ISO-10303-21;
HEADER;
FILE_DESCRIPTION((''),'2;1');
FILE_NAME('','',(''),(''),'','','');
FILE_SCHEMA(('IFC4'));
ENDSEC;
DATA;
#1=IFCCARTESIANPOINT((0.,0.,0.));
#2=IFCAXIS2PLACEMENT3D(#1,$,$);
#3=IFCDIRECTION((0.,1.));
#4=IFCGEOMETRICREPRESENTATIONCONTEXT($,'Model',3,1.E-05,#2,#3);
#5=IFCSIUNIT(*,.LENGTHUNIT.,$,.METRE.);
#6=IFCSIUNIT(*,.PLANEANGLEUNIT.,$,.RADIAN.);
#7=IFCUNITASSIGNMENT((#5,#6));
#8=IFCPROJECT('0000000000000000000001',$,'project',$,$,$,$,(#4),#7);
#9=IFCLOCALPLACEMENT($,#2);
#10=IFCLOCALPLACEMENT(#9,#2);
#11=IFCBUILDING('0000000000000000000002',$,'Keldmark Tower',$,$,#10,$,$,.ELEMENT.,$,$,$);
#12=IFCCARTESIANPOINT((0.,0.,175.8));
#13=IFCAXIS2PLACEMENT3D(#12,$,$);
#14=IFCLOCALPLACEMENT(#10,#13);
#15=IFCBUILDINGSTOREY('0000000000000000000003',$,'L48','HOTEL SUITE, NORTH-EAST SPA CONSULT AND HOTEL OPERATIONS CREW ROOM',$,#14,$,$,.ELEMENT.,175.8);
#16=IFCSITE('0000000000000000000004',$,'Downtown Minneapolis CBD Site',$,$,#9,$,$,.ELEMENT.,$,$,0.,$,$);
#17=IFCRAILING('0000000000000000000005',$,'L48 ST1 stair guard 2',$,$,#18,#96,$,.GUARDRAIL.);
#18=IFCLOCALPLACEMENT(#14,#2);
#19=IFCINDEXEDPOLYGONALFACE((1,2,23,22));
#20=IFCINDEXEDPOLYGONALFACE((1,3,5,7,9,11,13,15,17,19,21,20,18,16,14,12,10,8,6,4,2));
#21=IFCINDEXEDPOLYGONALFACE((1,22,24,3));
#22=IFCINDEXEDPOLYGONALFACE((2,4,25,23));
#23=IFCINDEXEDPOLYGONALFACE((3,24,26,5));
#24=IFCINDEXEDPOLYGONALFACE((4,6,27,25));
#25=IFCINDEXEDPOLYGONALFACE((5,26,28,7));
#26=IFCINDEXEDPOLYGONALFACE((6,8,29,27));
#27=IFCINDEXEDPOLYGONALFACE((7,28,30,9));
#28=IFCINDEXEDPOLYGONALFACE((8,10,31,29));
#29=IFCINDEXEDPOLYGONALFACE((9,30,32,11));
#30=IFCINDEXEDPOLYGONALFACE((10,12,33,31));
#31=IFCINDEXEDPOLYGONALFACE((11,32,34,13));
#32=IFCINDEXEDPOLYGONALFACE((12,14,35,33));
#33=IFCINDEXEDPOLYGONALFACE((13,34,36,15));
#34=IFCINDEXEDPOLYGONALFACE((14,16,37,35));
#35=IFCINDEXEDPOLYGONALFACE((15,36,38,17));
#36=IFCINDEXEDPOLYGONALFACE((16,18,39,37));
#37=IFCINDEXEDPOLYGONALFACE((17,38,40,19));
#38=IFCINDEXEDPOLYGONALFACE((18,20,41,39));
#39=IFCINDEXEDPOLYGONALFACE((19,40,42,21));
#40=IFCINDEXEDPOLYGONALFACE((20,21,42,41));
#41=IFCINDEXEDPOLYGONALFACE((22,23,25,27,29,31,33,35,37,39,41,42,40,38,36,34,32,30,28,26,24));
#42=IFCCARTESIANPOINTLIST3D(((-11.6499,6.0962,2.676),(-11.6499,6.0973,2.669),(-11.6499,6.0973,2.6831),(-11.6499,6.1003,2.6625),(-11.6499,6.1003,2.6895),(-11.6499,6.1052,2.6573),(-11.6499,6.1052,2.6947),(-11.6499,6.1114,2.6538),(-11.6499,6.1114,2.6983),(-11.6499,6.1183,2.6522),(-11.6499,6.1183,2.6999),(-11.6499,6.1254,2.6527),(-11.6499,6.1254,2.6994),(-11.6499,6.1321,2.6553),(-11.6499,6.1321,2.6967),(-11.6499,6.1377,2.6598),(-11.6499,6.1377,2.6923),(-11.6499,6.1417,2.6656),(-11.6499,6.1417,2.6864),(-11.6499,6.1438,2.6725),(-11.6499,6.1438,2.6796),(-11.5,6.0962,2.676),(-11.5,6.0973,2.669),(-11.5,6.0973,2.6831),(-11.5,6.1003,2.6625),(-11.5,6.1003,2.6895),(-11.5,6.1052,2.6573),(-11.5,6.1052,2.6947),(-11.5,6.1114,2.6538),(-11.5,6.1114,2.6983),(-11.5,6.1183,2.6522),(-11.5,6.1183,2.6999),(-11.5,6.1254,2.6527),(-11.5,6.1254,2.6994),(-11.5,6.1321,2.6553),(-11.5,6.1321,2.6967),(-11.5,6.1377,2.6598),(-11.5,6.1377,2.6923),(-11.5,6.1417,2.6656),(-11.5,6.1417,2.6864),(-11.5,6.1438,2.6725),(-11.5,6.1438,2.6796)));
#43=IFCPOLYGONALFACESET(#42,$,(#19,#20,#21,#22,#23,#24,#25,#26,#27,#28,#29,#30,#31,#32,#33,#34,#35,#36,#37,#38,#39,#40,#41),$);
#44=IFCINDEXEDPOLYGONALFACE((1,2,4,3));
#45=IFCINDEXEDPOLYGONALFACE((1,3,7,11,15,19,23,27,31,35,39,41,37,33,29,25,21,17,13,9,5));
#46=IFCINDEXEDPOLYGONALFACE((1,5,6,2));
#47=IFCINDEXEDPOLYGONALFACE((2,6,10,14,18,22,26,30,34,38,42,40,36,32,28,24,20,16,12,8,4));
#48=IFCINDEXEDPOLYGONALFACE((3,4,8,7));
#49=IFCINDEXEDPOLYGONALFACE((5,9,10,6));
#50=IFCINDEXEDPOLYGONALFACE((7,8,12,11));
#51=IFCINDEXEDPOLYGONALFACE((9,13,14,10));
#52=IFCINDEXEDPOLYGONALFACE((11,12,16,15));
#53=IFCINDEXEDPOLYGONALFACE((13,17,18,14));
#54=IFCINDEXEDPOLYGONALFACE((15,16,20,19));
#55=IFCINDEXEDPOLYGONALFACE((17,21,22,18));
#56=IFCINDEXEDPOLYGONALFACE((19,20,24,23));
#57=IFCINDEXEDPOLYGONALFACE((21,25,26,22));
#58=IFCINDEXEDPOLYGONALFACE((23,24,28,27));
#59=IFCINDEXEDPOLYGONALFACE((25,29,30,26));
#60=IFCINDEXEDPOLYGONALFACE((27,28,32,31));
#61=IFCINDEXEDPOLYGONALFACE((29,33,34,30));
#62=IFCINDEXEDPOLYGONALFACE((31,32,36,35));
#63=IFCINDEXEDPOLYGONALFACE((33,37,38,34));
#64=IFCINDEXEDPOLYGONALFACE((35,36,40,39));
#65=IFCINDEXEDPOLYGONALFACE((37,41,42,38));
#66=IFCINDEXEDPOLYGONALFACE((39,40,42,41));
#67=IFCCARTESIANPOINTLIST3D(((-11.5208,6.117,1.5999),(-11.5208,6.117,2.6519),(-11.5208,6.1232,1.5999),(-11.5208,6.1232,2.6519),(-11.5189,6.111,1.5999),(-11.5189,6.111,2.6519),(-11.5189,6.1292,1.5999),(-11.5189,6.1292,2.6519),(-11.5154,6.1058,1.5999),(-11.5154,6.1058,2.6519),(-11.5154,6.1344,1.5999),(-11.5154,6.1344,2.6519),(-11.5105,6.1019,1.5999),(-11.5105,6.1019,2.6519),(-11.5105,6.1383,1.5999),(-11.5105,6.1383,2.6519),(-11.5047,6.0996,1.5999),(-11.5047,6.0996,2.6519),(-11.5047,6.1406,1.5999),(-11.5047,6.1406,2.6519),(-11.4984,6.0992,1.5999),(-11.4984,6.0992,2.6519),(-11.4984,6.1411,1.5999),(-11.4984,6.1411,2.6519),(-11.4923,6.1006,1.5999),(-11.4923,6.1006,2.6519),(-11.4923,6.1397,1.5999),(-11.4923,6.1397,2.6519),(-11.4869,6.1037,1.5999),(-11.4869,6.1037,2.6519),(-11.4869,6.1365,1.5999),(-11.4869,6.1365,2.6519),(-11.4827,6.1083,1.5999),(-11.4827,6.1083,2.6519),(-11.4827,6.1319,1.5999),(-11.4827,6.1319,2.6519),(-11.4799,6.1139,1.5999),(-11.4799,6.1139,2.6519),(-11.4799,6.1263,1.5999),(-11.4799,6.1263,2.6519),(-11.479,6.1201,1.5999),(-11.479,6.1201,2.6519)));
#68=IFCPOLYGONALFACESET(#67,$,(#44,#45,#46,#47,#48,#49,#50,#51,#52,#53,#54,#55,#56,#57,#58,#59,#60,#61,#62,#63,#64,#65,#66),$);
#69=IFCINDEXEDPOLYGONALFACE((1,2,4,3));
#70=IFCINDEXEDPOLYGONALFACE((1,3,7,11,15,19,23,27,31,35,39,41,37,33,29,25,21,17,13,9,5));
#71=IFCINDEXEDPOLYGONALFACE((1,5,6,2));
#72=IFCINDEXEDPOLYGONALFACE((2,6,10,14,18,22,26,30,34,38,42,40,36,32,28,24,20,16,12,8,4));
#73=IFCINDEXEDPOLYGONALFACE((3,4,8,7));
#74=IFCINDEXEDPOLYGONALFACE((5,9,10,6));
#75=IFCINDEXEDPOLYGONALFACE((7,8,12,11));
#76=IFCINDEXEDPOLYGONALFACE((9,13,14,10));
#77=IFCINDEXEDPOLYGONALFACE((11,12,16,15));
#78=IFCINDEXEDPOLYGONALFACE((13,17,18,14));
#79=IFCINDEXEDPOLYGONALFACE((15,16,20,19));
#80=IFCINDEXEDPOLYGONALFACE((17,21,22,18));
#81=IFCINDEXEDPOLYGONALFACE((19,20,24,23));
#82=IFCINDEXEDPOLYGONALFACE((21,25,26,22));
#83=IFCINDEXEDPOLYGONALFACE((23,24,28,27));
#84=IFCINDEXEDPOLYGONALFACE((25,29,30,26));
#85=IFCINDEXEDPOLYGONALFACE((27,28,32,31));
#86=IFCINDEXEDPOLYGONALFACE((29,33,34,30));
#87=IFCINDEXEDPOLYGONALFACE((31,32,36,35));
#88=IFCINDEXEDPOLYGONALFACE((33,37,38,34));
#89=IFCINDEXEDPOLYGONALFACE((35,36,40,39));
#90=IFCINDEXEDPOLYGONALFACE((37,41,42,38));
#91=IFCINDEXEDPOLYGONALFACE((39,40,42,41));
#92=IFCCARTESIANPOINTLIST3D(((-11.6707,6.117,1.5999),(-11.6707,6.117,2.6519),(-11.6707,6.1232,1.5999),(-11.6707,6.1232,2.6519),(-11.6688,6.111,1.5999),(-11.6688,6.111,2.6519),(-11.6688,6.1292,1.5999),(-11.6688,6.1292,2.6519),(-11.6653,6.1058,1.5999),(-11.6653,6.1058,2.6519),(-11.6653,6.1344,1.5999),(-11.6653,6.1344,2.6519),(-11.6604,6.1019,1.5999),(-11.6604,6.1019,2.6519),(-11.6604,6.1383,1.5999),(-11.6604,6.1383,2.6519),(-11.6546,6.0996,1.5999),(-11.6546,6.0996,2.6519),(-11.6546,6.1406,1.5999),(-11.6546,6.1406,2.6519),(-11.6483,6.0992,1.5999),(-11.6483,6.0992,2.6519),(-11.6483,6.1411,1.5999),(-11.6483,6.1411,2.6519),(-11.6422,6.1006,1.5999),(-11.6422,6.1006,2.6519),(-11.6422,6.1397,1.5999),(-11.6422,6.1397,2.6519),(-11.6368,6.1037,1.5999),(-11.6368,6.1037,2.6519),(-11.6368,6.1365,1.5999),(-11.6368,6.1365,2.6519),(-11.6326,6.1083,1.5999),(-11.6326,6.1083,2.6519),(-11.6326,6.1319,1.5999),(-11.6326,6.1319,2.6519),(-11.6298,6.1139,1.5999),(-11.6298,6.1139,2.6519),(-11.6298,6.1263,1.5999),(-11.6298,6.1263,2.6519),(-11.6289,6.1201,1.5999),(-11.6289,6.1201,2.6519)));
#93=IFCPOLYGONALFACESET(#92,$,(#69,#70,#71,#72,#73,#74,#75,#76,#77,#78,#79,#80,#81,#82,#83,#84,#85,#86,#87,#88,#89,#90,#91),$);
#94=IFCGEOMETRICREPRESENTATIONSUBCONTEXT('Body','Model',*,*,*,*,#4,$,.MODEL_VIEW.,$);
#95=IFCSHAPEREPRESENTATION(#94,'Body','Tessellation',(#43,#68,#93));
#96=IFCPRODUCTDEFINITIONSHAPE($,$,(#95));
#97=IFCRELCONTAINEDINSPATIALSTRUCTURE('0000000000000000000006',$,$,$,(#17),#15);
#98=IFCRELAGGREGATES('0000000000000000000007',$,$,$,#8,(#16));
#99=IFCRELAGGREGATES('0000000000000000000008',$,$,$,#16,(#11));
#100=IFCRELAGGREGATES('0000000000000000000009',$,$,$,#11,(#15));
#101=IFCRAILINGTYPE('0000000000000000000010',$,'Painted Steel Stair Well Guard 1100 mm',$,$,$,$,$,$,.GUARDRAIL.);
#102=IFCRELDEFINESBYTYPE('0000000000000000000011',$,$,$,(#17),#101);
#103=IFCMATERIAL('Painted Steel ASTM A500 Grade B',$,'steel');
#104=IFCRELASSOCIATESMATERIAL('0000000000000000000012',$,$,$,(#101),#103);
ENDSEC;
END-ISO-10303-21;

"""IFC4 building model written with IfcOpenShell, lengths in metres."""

from ifc_helpers import new_model, si_unit, direction, frame, origin, origin_2d, place, context, subcontext, project, spatial, circle, extrude, material, type_object, element, save


model = new_model("IFC4")

# Units and contexts
model_context = context("Model", 3, precision=1e-05, world=origin(), true_north=direction((0.0, 1.0)))
body_context = subcontext(model_context, "Body", "Model", "MODEL_VIEW")
ifc_project = project(units=[si_unit("LENGTHUNIT", "METRE"), si_unit("PLANEANGLEUNIT", "RADIAN")], contexts=[model_context])

# Site, building, storey
site_placement = place(None, origin())
site = spatial("IfcSite", under=ifc_project, at=site_placement, Name="Downtown Minneapolis CBD Site", CompositionType="ELEMENT", RefElevation=0.0)
building_placement = place(site_placement, origin())
building = spatial("IfcBuilding", under=site, at=building_placement, Name="Keldmark Tower", CompositionType="ELEMENT")
storey_placement = place(building_placement, frame((0.0, 0.0, 175.8)))
storey = spatial("IfcBuildingStorey", under=building, at=storey_placement, Name="L48", Description="HOTEL SUITE, NORTH-EAST SPA CONSULT AND HOTEL OPERATIONS CREW ROOM", CompositionType="ELEMENT", Elevation=175.8)

# Railing
ifc_material_1 = material(Name="Painted Steel ASTM A500 Grade B", Category="steel")
railing_type_1 = type_object("IfcRailingType", Name="Painted Steel Stair Well Guard 1100 mm", PredefinedType="GUARDRAIL", material=ifc_material_1)
railing_1_placement = place(storey_placement, frame((-11.5, 6.1201, 1.5999)))
element("IfcRailing", 1, at=railing_1_placement, inside=storey, type_object=railing_type_1, Name="L48 ST1 stair guard 2", PredefinedType="GUARDRAIL", context=body_context, shape_type="SweptSolid", body=[
    extrude(circle(Radius=0.0239, at=origin_2d()), frame((0.0, 0.0, 1.0762), z_axis=(-1.0, 0.0, 0.0), x_axis=(0.0, -1.0, 0.0)), (0.0, 0.0, 1.0), 0.1499),
    extrude(circle(Radius=0.021, at=origin_2d()), origin(), (0.0, 0.0, 1.0), 1.052),
    extrude(circle(Radius=0.021, at=origin_2d()), frame((-0.1499, 0.0, 0.0)), (0.0, 0.0, 1.0), 1.052),
])

save(model, "model.ifc")
